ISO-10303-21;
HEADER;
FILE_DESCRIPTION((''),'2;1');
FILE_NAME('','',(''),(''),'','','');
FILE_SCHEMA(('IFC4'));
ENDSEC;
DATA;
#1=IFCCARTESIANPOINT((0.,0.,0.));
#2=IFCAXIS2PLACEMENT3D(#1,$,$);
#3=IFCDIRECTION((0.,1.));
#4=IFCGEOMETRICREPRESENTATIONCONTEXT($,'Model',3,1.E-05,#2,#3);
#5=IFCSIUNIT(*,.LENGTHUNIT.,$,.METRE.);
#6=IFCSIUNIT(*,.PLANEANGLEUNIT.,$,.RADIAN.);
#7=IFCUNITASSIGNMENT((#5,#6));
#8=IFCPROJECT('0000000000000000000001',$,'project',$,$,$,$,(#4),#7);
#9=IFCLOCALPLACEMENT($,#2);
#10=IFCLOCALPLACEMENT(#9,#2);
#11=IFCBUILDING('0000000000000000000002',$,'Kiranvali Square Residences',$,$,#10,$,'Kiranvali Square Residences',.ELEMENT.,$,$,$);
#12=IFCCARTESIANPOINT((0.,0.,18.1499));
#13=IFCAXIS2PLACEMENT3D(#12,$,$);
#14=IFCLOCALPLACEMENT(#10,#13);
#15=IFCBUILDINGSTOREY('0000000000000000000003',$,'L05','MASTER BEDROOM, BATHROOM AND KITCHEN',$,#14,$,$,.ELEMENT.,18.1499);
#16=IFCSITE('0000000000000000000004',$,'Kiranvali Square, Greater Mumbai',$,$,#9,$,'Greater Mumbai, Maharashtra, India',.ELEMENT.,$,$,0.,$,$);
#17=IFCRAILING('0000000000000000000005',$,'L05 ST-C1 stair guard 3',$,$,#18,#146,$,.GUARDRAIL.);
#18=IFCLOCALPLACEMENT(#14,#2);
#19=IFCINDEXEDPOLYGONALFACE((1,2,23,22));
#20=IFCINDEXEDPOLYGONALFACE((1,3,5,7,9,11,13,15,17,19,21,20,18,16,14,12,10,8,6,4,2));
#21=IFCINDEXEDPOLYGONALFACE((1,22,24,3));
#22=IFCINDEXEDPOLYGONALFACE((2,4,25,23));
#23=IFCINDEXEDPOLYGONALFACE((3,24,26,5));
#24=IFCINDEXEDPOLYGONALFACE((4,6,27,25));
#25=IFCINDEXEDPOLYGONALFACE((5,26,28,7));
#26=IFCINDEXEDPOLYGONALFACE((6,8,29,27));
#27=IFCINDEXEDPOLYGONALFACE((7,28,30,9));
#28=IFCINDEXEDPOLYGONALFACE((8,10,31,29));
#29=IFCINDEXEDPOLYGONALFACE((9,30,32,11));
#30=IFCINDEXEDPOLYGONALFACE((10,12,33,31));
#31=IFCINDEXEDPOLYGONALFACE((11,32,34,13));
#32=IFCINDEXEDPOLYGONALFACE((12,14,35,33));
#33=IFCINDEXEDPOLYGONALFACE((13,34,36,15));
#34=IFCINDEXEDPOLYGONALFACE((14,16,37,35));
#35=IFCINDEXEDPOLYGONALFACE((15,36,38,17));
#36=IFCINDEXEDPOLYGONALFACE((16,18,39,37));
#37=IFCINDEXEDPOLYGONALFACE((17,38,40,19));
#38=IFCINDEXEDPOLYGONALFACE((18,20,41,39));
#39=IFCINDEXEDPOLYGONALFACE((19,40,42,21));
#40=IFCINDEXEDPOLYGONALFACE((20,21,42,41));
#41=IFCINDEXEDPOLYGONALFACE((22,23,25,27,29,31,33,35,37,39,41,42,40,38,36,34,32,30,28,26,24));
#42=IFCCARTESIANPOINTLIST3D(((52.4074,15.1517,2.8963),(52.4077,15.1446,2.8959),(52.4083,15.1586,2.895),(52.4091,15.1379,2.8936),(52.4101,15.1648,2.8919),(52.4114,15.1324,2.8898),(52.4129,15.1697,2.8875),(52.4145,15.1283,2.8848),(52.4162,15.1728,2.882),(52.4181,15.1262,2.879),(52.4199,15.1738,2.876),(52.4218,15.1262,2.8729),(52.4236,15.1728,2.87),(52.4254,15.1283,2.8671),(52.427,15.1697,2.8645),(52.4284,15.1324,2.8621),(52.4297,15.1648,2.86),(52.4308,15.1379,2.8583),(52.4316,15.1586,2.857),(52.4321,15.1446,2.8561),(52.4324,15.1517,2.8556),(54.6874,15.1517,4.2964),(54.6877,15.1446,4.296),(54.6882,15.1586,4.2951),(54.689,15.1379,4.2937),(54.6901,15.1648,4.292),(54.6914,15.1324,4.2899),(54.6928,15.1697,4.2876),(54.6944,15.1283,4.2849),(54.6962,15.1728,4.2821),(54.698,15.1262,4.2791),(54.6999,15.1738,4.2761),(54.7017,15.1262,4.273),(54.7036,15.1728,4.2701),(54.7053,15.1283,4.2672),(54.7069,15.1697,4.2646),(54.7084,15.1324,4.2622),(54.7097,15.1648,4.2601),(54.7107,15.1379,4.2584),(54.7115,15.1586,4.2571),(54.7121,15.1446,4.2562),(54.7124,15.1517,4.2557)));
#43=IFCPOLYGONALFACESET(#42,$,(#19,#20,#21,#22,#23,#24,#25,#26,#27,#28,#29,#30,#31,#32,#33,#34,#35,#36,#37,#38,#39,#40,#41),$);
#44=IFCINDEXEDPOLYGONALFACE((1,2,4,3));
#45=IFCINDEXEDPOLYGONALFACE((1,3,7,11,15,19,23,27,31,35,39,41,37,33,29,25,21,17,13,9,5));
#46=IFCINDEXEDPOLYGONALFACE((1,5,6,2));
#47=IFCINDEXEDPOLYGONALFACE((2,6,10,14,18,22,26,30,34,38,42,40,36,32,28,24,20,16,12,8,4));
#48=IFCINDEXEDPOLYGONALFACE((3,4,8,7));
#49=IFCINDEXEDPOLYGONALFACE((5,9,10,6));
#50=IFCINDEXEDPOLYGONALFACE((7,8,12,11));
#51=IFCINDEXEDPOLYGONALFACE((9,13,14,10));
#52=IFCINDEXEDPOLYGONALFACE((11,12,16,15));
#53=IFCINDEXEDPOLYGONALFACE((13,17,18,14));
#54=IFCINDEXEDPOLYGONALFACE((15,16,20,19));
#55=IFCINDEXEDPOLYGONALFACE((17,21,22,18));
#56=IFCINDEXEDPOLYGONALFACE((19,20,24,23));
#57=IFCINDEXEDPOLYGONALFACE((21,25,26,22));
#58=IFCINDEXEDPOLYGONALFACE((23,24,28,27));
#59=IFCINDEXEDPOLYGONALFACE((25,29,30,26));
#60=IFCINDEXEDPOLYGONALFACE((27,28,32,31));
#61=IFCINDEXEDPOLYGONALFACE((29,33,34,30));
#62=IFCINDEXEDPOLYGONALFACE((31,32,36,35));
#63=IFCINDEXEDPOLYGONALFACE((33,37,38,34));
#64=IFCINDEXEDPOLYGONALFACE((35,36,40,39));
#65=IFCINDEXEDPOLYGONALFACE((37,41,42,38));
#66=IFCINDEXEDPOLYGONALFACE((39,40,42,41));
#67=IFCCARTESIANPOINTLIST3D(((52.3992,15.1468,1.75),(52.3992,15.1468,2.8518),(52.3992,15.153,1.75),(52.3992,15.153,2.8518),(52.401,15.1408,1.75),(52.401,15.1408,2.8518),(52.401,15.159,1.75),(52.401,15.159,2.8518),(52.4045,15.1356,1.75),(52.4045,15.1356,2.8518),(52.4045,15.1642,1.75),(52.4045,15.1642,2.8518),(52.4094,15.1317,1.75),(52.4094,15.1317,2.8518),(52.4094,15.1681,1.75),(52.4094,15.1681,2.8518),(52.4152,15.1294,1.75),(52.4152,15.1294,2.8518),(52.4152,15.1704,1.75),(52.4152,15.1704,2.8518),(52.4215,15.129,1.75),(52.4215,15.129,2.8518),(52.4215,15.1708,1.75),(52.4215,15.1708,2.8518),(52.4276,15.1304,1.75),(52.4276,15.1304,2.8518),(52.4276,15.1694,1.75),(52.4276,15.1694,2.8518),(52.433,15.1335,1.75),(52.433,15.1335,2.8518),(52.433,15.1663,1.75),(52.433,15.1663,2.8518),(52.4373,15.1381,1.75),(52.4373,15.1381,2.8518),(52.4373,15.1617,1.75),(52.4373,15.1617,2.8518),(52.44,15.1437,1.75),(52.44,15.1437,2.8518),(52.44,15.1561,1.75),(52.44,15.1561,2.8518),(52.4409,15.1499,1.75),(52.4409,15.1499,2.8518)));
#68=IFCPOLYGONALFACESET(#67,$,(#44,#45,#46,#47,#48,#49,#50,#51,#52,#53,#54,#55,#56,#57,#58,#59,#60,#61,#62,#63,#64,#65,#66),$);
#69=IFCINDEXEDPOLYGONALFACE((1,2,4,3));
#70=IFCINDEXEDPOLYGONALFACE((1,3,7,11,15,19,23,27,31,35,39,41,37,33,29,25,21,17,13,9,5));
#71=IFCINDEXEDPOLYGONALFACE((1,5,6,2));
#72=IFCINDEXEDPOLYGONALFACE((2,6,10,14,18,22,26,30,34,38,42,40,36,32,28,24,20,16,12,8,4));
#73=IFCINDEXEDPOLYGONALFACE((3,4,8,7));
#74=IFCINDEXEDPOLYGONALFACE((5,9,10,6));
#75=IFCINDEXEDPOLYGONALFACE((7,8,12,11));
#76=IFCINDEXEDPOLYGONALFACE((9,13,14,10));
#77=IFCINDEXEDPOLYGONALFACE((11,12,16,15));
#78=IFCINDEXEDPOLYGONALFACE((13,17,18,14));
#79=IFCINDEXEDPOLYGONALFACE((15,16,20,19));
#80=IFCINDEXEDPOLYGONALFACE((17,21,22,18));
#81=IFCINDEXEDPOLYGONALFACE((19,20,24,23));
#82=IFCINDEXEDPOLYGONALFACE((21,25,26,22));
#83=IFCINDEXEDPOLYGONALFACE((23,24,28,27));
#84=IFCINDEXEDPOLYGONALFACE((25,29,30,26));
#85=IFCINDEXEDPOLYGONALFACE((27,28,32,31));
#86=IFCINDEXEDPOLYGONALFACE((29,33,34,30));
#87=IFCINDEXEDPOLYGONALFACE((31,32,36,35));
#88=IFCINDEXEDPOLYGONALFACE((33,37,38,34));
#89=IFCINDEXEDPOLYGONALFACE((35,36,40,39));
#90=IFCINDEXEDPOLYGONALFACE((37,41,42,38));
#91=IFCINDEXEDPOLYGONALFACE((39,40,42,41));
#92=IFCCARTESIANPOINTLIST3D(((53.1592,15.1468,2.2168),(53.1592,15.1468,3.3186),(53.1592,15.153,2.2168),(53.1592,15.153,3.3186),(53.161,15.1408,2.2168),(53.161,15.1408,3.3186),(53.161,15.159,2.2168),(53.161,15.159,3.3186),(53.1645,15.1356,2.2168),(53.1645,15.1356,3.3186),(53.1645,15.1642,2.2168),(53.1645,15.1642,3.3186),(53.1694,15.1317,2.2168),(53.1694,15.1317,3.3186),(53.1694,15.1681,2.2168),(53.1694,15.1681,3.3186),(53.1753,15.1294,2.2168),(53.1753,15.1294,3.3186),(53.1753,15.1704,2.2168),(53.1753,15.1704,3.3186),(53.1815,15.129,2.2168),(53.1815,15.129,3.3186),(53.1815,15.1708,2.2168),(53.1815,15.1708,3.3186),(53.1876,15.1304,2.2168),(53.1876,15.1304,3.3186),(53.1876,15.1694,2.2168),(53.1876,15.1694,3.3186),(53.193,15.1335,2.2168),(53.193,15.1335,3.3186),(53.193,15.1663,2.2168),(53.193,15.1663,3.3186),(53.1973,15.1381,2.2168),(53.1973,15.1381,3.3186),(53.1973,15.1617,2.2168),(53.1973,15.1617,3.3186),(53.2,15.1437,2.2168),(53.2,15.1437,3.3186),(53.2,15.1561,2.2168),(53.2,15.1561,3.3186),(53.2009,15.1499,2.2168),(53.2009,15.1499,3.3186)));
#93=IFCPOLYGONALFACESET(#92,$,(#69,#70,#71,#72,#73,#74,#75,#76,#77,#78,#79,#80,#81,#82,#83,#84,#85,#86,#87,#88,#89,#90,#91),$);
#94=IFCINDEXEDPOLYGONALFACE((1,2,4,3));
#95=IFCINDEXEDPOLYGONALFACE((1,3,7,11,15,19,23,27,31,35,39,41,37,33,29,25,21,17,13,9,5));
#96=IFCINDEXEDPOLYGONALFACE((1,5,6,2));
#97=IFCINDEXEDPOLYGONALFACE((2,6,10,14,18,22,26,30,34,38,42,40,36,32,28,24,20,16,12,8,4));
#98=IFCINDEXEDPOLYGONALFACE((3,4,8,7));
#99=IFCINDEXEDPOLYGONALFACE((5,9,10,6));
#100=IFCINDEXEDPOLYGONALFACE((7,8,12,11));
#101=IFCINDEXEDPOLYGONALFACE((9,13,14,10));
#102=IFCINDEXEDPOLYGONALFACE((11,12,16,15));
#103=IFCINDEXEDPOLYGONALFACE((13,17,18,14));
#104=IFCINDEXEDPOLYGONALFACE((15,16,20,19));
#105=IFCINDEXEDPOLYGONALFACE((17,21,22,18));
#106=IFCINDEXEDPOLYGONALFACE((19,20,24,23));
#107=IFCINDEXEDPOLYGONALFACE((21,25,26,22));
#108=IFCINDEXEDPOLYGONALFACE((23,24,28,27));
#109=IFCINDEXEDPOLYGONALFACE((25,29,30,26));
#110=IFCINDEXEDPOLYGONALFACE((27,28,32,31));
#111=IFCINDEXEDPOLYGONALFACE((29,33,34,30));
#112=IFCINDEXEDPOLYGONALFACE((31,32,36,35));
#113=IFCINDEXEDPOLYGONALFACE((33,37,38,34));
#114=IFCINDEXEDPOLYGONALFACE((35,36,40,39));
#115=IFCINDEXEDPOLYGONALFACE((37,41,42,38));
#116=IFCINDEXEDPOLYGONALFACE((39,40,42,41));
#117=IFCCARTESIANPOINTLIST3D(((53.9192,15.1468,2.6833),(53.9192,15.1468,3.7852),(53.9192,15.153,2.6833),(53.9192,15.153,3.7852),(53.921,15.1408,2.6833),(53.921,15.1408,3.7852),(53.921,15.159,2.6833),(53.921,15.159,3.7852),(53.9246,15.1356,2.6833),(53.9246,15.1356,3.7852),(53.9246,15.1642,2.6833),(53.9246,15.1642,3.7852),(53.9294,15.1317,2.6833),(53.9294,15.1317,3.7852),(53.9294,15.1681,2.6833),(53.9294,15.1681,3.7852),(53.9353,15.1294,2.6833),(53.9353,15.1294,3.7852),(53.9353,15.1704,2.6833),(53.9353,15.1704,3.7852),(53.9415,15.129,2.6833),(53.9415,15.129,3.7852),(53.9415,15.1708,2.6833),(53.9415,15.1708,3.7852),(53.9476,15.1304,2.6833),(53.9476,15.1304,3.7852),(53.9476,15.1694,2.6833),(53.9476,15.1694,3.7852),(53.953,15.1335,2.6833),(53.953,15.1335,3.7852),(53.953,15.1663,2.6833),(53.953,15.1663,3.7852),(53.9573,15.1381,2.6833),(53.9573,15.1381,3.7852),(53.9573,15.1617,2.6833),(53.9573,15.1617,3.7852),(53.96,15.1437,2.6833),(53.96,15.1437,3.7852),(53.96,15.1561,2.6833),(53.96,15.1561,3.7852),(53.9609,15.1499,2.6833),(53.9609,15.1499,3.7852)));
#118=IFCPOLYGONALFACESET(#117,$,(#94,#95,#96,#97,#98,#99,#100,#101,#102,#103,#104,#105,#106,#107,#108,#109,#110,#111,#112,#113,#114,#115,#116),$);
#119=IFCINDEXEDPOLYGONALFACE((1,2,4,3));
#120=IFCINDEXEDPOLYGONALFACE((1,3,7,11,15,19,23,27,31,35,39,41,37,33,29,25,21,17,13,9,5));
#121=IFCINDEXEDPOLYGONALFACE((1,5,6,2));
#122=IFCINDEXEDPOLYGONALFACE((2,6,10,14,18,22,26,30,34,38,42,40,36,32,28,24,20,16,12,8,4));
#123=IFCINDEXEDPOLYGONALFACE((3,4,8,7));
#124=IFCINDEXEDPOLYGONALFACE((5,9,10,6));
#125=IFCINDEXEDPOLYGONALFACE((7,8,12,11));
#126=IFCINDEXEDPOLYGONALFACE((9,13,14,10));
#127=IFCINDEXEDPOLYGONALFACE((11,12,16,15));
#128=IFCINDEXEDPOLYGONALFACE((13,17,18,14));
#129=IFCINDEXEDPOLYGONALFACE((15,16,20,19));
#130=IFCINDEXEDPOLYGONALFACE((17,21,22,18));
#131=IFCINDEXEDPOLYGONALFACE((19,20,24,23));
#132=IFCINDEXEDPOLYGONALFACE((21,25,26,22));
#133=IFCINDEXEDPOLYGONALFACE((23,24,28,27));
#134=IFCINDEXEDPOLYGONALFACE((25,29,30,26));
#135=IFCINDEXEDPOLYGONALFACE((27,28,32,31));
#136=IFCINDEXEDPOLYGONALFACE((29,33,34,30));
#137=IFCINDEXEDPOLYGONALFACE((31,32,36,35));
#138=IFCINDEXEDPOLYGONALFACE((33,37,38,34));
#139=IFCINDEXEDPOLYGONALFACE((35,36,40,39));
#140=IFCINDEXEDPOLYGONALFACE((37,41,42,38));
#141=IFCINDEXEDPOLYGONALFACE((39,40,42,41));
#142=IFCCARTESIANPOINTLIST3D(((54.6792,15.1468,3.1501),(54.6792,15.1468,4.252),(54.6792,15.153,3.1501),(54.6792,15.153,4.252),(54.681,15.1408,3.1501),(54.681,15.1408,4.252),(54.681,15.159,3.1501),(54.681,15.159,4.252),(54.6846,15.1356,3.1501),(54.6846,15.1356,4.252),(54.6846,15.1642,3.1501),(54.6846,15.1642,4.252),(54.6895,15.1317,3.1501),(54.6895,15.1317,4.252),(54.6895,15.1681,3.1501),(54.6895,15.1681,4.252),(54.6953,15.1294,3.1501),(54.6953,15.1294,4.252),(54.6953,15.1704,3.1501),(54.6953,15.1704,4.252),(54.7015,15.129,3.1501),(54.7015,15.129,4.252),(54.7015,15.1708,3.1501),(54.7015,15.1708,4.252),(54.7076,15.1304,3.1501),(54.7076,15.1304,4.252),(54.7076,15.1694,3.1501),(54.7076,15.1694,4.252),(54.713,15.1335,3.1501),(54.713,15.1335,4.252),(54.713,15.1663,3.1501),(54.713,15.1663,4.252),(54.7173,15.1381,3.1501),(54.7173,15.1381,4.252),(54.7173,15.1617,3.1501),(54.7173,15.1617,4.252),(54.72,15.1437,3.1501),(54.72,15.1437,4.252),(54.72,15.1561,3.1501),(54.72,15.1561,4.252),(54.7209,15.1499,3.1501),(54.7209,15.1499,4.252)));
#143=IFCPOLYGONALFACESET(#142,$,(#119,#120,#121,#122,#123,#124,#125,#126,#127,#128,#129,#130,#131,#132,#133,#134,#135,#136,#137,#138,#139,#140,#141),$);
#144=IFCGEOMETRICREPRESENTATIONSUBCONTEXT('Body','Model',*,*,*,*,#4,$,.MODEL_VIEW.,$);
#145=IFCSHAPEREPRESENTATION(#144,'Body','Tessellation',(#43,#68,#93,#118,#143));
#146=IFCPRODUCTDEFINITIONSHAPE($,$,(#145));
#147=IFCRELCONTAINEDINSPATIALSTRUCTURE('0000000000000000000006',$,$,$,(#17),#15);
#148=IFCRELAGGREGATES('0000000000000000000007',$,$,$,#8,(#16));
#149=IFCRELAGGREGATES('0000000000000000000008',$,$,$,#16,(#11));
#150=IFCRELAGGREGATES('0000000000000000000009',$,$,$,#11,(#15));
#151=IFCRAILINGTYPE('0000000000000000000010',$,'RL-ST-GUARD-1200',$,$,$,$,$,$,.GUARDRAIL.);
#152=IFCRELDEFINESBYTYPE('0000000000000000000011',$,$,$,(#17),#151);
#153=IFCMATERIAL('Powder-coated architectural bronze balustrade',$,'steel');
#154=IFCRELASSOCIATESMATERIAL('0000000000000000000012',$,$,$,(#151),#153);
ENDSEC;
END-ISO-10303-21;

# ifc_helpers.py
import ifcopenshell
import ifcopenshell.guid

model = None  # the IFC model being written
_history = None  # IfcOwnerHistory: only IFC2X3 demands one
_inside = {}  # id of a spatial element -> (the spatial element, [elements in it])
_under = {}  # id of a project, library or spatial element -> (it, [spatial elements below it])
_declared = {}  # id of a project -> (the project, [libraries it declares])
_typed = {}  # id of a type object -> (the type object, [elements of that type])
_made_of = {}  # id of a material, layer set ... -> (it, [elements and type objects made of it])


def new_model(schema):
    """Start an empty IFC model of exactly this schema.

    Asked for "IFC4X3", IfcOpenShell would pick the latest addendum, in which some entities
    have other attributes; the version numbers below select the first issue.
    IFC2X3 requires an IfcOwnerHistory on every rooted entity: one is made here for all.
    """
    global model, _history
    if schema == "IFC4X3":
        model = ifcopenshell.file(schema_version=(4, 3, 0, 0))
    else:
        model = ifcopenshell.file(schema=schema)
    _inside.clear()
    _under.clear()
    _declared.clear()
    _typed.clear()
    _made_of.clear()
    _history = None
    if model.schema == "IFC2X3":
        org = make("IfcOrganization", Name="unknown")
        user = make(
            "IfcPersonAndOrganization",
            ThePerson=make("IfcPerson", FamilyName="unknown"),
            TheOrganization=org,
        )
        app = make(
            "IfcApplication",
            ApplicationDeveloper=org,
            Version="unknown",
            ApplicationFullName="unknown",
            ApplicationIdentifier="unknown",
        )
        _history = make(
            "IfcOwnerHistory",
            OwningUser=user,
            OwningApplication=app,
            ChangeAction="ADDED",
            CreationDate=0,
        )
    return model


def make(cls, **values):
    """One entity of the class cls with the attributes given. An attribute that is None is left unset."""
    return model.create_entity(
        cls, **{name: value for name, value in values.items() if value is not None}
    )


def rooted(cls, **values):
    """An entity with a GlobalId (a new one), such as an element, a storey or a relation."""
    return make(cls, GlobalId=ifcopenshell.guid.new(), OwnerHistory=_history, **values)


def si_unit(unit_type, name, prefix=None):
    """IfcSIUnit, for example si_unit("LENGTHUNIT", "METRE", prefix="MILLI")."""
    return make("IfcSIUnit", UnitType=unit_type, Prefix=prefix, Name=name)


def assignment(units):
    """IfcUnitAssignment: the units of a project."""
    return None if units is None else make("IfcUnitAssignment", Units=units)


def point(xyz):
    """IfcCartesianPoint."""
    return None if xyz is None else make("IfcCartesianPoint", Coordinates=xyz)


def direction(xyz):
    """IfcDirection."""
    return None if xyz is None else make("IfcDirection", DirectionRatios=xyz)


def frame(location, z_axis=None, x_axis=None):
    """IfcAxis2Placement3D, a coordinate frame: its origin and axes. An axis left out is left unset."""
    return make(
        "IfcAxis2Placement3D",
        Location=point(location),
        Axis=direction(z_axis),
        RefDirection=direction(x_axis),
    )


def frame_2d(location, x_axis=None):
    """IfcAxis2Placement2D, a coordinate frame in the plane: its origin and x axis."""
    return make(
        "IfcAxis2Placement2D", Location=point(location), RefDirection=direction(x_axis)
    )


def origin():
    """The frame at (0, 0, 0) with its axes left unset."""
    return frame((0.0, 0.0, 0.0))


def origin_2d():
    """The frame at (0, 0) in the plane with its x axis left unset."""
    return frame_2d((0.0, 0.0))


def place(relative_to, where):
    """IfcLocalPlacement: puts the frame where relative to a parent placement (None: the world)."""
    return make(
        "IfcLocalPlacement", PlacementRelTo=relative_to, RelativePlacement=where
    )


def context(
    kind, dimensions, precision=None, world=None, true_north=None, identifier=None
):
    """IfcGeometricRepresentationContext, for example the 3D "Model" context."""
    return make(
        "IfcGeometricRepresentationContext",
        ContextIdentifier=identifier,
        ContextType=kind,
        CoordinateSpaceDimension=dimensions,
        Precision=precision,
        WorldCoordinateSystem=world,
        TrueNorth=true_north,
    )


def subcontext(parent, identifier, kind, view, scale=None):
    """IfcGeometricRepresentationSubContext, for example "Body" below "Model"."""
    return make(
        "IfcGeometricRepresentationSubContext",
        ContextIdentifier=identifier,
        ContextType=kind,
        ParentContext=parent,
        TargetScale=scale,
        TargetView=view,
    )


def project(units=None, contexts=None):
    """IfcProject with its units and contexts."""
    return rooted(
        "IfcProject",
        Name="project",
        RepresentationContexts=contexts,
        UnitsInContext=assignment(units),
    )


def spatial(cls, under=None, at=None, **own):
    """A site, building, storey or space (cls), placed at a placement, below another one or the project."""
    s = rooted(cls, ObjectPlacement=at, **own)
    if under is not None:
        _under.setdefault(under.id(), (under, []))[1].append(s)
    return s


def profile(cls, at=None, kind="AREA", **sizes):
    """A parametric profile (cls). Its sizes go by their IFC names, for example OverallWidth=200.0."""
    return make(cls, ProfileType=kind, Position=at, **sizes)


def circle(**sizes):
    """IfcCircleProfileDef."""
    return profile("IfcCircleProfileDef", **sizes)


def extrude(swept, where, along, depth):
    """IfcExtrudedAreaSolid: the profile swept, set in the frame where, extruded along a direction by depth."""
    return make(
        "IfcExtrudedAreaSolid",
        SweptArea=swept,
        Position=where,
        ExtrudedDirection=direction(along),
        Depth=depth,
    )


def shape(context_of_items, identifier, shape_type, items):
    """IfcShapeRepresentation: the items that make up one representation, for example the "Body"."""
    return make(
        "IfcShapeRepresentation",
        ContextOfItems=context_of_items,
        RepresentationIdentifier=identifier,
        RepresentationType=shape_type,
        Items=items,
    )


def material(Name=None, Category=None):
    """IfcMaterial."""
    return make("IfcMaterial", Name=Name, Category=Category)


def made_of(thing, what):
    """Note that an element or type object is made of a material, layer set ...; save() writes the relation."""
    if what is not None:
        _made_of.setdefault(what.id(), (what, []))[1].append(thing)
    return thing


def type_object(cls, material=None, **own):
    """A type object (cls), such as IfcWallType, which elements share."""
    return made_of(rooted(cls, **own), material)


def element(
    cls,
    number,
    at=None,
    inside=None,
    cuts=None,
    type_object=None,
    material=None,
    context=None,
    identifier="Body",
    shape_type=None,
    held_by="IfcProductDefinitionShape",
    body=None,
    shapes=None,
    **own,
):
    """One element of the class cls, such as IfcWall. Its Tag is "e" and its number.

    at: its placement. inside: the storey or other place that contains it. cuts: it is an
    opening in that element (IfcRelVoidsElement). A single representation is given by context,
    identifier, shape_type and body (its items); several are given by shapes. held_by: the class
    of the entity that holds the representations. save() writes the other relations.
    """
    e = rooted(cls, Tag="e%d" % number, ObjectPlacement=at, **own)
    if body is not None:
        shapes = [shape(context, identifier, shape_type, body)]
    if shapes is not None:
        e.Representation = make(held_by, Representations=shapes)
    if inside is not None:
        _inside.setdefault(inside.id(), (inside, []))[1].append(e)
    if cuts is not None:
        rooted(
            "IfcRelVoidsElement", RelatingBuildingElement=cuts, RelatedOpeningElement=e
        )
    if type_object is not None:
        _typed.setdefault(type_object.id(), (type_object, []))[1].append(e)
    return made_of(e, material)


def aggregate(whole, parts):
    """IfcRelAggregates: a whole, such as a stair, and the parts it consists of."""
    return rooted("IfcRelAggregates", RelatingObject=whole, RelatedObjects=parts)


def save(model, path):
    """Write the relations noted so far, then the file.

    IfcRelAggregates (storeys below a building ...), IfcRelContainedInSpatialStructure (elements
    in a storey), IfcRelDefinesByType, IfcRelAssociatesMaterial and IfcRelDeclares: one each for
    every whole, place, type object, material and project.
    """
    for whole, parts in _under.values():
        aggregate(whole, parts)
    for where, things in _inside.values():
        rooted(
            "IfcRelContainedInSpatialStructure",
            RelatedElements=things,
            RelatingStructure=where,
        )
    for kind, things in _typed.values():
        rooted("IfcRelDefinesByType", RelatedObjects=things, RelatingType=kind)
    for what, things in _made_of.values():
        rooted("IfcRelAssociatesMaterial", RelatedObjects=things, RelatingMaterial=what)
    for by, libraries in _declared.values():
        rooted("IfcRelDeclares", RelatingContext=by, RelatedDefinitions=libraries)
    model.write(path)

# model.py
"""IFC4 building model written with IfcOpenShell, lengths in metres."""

from ifc_helpers import new_model, si_unit, direction, frame, origin, origin_2d, place, context, subcontext, project, spatial, circle, extrude, material, type_object, element, save


model = new_model("IFC4")

# Units and contexts
model_context = context("Model", 3, precision=1e-05, world=origin(), true_north=direction((0.0, 1.0)))
body_context = subcontext(model_context, "Body", "Model", "MODEL_VIEW")
ifc_project = project(units=[si_unit("LENGTHUNIT", "METRE"), si_unit("PLANEANGLEUNIT", "RADIAN")], contexts=[model_context])

# Site, building, storey
site_placement = place(None, origin())
site = spatial("IfcSite", under=ifc_project, at=site_placement, Name="Kiranvali Square, Greater Mumbai", LongName="Greater Mumbai, Maharashtra, India", CompositionType="ELEMENT", RefElevation=0.0)
building_placement = place(site_placement, origin())
building = spatial("IfcBuilding", under=site, at=building_placement, Name="Kiranvali Square Residences", LongName="Kiranvali Square Residences", CompositionType="ELEMENT")
storey_placement = place(building_placement, frame((0.0, 0.0, 18.1499)))
storey = spatial("IfcBuildingStorey", under=building, at=storey_placement, Name="L05", Description="MASTER BEDROOM, BATHROOM AND KITCHEN", CompositionType="ELEMENT", Elevation=18.1499)

# Railing
ifc_material_1 = material(Name="Powder-coated architectural bronze balustrade", Category="steel")
railing_type_1 = type_object("IfcRailingType", Name="RL-ST-GUARD-1200", PredefinedType="GUARDRAIL", material=ifc_material_1)
railing_1_placement = place(storey_placement, frame((52.4199, 15.1499, 1.75)))
element("IfcRailing", 1, at=railing_1_placement, inside=storey, type_object=railing_type_1, Name="L05 ST-C1 stair guard 3", PredefinedType="GUARDRAIL", context=body_context, shape_type="SweptSolid", body=[
    extrude(circle(Radius=0.0239, at=origin_2d()), frame((0.0, 0.0, 1.126), z_axis=(0.85215, 0.0, 0.523298), x_axis=(0.0, 1.0, 0.0)), (0.0, 0.0, 1.0), 2.6755),
    extrude(circle(Radius=0.021, at=origin_2d()), origin(), (0.0, 0.0, 1.0), 1.1018),
    extrude(circle(Radius=0.021, at=origin_2d()), frame((0.76, 0.0, 0.4668)), (0.0, 0.0, 1.0), 1.1018),
    extrude(circle(Radius=0.021, at=origin_2d()), frame((1.52, 0.0, 0.9333)), (0.0, 0.0, 1.0), 1.1018),
    extrude(circle(Radius=0.021, at=origin_2d()), frame((2.28, 0.0, 1.4001)), (0.0, 0.0, 1.0), 1.1018),
])

save(model, "model.ifc")
